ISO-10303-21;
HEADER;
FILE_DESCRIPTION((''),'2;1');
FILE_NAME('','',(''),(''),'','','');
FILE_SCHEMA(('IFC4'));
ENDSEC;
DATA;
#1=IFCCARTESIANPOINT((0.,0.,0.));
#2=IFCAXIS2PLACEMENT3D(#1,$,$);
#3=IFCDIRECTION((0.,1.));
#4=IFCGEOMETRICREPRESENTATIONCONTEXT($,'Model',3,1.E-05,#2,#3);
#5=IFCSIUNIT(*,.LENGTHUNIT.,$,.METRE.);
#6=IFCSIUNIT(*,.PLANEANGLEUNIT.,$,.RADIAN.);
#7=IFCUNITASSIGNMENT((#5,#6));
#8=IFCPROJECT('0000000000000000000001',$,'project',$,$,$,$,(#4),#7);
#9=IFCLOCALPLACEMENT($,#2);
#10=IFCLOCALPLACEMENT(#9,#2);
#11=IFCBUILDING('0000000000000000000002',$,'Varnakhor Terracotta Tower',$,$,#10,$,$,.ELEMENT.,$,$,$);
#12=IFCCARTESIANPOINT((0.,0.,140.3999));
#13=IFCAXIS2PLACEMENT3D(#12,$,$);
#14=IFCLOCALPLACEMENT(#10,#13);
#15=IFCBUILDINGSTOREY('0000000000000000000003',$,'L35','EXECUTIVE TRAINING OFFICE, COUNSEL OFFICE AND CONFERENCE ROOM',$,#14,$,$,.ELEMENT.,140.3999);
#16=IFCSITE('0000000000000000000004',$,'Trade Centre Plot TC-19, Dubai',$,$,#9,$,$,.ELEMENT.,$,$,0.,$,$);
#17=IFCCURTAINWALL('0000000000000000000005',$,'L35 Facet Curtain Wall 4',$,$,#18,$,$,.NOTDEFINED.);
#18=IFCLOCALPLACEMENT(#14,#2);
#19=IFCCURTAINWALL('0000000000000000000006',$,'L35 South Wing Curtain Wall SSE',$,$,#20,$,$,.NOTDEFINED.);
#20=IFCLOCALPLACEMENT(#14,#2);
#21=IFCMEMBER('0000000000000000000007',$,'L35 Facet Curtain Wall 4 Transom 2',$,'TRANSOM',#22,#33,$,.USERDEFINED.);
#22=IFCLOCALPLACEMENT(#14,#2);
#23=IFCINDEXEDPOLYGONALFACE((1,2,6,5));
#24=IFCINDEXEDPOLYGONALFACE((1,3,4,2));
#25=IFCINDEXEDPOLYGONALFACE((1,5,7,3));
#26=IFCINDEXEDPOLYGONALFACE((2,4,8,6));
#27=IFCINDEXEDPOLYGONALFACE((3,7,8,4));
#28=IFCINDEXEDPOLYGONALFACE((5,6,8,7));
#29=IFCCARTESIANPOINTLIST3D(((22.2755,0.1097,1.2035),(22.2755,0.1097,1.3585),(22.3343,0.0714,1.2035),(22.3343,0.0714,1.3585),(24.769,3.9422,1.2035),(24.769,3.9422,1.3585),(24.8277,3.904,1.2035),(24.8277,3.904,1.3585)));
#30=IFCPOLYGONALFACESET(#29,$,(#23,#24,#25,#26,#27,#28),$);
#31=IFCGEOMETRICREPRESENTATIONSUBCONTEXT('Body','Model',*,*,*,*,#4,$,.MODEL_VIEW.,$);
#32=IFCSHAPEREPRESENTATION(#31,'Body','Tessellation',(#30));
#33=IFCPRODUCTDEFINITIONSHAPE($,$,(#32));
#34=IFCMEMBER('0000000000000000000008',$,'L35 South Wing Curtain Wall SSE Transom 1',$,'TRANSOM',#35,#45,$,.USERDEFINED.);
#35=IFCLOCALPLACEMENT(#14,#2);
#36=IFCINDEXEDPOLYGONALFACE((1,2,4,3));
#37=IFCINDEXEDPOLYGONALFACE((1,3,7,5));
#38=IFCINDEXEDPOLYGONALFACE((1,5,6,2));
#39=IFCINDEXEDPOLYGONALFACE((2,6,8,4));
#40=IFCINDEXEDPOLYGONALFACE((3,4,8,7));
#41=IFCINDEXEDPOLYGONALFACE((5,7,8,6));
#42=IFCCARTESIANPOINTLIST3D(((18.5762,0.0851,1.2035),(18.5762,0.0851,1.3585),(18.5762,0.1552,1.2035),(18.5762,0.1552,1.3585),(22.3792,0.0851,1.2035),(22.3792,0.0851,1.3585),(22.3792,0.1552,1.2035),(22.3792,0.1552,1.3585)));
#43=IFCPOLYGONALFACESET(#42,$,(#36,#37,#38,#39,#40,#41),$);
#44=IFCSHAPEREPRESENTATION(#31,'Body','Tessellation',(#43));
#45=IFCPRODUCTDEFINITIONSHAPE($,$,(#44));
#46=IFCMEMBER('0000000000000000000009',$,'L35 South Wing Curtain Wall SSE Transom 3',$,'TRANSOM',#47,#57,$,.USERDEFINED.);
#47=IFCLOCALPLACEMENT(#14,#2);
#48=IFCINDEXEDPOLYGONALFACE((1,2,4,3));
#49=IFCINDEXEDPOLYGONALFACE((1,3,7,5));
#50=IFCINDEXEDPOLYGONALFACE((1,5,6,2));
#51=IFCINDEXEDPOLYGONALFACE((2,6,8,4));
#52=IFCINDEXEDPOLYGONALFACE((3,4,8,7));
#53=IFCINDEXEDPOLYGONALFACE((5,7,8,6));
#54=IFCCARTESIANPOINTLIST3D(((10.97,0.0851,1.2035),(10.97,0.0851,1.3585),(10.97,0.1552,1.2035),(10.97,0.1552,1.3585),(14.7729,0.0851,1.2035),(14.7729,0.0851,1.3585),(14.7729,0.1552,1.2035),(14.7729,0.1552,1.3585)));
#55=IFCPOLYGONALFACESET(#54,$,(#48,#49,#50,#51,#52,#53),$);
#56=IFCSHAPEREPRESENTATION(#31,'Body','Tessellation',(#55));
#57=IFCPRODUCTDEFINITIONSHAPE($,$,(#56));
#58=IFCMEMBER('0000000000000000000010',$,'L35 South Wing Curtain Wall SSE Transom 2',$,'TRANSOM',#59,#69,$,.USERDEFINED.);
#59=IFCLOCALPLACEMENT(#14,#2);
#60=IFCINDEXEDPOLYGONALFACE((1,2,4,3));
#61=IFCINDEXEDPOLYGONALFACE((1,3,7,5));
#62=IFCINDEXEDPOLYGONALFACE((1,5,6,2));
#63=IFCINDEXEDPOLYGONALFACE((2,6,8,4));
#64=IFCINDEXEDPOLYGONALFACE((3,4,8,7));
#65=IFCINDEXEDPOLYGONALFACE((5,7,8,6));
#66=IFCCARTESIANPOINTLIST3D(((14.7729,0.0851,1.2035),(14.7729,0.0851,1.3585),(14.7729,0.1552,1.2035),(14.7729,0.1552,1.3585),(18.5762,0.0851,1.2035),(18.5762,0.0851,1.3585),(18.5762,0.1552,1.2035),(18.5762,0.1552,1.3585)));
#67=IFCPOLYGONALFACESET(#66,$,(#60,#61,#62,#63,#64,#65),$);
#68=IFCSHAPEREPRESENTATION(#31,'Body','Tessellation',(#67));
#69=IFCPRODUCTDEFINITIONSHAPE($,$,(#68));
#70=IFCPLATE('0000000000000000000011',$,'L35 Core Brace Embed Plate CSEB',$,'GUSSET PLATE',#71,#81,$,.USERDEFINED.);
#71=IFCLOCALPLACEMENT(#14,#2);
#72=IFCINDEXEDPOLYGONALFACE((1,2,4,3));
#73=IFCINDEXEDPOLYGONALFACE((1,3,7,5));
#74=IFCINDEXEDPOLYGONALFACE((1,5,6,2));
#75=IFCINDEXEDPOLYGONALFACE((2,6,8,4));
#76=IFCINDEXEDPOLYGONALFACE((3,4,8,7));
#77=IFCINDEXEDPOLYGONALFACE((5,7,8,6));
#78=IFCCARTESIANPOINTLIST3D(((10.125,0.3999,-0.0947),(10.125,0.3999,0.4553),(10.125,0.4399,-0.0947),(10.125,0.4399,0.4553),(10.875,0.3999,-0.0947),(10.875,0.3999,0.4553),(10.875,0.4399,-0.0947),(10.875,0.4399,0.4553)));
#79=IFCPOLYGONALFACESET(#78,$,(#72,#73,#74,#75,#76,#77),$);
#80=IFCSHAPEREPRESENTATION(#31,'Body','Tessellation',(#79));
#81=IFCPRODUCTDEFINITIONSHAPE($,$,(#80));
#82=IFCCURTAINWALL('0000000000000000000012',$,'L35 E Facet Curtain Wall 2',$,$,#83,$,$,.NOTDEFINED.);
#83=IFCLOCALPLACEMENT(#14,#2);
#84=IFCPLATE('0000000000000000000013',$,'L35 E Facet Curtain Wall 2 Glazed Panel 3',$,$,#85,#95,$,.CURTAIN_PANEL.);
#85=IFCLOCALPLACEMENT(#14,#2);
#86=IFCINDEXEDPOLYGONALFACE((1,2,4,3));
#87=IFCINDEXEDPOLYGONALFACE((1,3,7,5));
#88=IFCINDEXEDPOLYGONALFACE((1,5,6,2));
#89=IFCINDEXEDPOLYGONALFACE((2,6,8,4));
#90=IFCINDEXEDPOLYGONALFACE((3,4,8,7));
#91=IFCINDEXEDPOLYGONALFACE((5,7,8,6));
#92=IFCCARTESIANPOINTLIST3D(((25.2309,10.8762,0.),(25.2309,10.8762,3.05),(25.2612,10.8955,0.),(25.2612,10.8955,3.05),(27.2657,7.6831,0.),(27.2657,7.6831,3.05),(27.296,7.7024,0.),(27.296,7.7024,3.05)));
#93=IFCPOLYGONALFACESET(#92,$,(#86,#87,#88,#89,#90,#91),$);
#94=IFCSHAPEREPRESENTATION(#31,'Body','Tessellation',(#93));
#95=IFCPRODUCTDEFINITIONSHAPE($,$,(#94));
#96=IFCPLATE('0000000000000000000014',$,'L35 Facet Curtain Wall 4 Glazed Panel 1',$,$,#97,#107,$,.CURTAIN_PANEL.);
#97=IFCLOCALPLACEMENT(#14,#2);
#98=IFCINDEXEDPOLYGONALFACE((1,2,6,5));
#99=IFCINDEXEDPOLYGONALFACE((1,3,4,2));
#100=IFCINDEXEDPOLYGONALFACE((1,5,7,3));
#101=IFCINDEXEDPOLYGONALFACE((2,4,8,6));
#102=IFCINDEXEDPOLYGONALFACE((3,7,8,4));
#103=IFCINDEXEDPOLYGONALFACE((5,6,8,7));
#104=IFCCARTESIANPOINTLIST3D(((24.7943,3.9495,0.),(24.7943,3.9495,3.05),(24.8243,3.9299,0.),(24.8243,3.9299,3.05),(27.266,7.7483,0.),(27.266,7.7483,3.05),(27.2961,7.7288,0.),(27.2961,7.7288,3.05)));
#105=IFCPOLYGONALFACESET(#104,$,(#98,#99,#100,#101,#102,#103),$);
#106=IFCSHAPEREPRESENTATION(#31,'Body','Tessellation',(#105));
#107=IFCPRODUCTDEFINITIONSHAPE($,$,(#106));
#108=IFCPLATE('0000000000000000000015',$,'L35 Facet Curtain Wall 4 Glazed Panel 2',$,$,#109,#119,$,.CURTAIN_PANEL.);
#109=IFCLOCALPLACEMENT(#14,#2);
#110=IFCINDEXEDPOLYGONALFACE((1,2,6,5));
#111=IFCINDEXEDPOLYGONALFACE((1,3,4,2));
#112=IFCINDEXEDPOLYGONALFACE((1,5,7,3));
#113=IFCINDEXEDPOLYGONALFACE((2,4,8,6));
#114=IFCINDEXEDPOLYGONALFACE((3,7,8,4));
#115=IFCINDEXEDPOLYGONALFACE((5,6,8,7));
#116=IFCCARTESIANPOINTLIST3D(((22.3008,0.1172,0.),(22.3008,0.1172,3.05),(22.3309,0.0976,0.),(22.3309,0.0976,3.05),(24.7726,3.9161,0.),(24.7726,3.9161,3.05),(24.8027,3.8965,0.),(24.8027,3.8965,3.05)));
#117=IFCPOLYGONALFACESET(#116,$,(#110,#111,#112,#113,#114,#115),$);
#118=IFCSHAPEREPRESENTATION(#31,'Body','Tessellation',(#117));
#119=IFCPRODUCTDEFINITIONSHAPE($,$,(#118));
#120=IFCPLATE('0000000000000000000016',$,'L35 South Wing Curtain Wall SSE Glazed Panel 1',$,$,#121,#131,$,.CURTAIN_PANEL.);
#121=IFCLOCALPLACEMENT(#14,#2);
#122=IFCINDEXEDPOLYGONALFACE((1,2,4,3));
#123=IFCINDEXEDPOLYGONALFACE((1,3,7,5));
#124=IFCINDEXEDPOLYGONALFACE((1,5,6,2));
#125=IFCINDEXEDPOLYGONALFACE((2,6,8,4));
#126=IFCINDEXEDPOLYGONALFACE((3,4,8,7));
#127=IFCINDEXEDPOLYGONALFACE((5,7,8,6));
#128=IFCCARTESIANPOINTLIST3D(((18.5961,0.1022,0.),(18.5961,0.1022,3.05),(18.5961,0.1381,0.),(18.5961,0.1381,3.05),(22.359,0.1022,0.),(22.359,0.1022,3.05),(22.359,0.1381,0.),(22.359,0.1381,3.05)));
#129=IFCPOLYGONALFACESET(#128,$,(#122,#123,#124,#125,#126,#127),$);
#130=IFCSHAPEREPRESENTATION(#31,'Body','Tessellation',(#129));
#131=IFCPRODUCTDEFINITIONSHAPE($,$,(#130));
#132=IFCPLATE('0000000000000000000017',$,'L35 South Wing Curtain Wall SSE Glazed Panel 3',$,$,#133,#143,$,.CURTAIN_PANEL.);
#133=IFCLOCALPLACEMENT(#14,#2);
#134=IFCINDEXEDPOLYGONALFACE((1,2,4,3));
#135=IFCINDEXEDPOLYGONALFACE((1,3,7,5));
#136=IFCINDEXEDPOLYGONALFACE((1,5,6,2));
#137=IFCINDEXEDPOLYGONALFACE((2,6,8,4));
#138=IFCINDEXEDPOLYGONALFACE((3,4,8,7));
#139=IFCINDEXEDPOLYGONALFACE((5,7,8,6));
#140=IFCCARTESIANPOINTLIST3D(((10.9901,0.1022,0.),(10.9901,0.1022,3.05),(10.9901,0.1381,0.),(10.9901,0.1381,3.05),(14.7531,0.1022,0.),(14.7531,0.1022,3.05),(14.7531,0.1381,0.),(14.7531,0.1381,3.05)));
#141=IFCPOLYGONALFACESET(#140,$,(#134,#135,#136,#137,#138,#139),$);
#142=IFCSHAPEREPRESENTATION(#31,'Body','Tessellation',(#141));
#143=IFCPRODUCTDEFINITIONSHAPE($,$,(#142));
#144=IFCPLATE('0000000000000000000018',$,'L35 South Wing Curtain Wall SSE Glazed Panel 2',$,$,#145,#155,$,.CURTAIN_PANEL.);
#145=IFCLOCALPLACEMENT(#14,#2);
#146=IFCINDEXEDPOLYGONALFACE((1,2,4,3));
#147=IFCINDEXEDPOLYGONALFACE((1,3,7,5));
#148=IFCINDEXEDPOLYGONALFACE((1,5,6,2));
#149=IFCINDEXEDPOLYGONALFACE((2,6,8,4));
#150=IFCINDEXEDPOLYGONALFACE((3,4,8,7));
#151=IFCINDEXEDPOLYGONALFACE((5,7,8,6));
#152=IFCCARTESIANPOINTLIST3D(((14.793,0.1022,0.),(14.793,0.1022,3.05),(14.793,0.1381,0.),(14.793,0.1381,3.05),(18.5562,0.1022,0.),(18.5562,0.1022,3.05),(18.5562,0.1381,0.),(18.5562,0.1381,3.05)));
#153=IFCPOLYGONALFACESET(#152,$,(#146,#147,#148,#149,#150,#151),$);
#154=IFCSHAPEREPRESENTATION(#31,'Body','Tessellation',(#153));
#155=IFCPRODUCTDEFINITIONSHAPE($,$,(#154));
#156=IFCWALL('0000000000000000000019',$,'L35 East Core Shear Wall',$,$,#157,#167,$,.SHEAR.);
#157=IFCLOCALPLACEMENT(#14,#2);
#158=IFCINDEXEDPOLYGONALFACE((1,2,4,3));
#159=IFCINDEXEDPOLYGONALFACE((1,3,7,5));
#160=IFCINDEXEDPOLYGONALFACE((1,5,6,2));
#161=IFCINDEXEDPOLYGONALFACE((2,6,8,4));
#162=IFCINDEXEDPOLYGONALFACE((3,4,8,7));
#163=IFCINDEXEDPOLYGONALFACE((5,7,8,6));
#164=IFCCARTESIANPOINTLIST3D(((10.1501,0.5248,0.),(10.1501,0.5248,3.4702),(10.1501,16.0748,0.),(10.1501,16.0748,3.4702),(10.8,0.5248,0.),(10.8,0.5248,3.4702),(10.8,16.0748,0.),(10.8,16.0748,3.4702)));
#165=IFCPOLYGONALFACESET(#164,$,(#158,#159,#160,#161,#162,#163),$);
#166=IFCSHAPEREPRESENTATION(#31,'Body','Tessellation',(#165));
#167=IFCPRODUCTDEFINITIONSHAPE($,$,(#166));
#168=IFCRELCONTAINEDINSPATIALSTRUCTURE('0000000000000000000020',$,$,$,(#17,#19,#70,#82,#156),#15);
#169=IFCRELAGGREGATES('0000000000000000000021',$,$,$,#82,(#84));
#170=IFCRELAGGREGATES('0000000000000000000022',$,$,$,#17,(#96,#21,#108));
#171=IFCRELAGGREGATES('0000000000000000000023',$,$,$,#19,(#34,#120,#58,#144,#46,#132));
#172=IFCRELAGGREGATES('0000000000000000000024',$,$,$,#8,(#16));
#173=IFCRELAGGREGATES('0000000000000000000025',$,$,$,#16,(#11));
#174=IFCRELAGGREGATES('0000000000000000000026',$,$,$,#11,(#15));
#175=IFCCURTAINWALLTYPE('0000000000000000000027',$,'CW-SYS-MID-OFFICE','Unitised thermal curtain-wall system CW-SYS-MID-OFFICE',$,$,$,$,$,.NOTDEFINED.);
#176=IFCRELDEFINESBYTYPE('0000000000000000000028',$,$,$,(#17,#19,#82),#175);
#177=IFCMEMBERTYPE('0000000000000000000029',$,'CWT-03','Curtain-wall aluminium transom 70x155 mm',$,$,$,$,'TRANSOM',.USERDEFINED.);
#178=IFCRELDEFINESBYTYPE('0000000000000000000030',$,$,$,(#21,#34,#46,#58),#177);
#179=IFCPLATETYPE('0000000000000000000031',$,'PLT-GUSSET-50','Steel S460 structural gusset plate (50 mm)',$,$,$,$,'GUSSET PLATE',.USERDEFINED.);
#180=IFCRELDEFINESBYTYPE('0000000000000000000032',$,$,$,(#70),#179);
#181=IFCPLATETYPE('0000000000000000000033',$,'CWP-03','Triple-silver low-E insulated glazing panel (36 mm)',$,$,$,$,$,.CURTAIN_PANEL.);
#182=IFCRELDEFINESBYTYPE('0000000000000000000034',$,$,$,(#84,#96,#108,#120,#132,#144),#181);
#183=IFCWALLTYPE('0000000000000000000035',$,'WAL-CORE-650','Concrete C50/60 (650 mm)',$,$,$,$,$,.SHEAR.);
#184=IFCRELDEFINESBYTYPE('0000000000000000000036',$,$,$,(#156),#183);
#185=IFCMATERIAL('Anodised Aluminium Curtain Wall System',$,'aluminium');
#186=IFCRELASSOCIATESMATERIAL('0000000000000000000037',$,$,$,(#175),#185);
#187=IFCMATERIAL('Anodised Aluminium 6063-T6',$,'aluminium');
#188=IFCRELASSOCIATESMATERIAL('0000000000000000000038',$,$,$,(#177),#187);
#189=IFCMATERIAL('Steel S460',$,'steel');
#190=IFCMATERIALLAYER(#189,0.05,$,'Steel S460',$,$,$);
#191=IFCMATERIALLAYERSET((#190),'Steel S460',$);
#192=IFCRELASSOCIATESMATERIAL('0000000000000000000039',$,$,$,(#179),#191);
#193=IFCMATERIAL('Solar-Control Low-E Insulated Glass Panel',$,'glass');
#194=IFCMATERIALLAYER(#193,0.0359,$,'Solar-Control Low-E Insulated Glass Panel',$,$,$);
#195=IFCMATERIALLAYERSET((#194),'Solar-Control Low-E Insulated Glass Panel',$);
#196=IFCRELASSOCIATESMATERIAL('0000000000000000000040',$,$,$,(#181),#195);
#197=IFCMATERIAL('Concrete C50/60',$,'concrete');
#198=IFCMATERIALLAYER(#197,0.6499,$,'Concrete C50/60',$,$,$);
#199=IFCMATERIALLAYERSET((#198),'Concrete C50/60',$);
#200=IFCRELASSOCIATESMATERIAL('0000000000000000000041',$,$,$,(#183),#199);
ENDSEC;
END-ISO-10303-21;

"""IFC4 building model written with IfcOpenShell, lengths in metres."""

from ifc_helpers import new_model, si_unit, direction, frame, frame_2d, origin, origin_2d, place, context, subcontext, project, spatial, rectangle, extrude, source, transform, mapped, material, layer, layer_set, material_profile, profile_set, type_object, type_shapes, element, aggregate, save


model = new_model("IFC4")

# Units and contexts
model_context = context("Model", 3, precision=1e-05, world=origin(), true_north=direction((0.0, 1.0)))
body_context = subcontext(model_context, "Body", "Model", "MODEL_VIEW")
ifc_project = project(units=[si_unit("LENGTHUNIT", "METRE"), si_unit("PLANEANGLEUNIT", "RADIAN")], contexts=[model_context])

# Site, building, storey
site_placement = place(None, origin())
site = spatial("IfcSite", under=ifc_project, at=site_placement, Name="Trade Centre Plot TC-19, Dubai", CompositionType="ELEMENT", RefElevation=0.0)
building_placement = place(site_placement, origin())
building = spatial("IfcBuilding", under=site, at=building_placement, Name="Varnakhor Terracotta Tower", CompositionType="ELEMENT")
storey_placement = place(building_placement, frame((0.0, 0.0, 140.3999)))
storey = spatial("IfcBuildingStorey", under=building, at=storey_placement, Name="L35", Description="EXECUTIVE TRAINING OFFICE, COUNSEL OFFICE AND CONFERENCE ROOM", CompositionType="ELEMENT", Elevation=140.3999)

# Shared definitions
ifc_material_1 = material(Name="Concrete C50/60", Category="concrete")
ifc_material_2 = material(Name="Steel S460", Category="steel")

# Curtain walls
ifc_material_3 = material(Name="Anodised Aluminium Curtain Wall System", Category="aluminium")
curtain_wall_type = type_object("IfcCurtainWallType", Name="CW-SYS-MID-OFFICE", Description="Unitised thermal curtain-wall system CW-SYS-MID-OFFICE", PredefinedType="NOTDEFINED", material=ifc_material_3)
curtain_wall_1_placement = place(storey_placement, origin())
curtain_wall_1 = element("IfcCurtainWall", 1, at=curtain_wall_1_placement, inside=storey, type_object=curtain_wall_type, Name="L35 Facet Curtain Wall 4", PredefinedType="NOTDEFINED")
ifc_material_4 = material(Name="Anodised Aluminium 6063-T6", Category="aluminium")
curtain_wall_2_placement = place(storey_placement, origin())
curtain_wall_2 = element("IfcCurtainWall", 2, at=curtain_wall_2_placement, inside=storey, type_object=curtain_wall_type, Name="L35 South Wing Curtain Wall SSE", PredefinedType="NOTDEFINED")

# Members
ifc_material_profile_1 = material_profile(ifc_material_4, rectangle(XDim=0.0701, YDim=0.155, at=origin_2d()), Name="ALU TRANSOM 70x155")
ifc_profile_set_1 = profile_set([ifc_material_profile_1], Name="Anodised Aluminium 6063-T6")
member_type_1 = type_object("IfcMemberType", Name="CWT-03", Description="Curtain-wall aluminium transom 70x155 mm", ElementType="TRANSOM", PredefinedType="USERDEFINED", material=ifc_profile_set_1)
shared_shape_1 = source(origin(), body_context, "Body", "SweptSolid", [
    extrude(rectangle(XDim=0.0701, YDim=0.155, at=origin_2d()), origin(), (0.0, 0.0, 1.0), 4.5723),
])
member_1_placement = place(storey_placement, frame((24.7983, 3.9231, 1.281), z_axis=(-0.545337, -0.838217, 0.0), x_axis=(0.838217, -0.545337, 0.0)))
member_1 = element("IfcMember", 3, at=member_1_placement, type_object=member_type_1, Name="L35 Facet Curtain Wall 4 Transom 2", ObjectType="TRANSOM", PredefinedType="USERDEFINED", context=body_context, shape_type="MappedRepresentation", body=[
    mapped(shared_shape_1, transform((0.0, 0.0, 0.0), scale=1.0)),
])
shared_shape_2 = source(origin(), body_context, "Body", "SweptSolid", [
    extrude(rectangle(XDim=0.0701, YDim=0.155, at=origin_2d()), origin(), (0.0, 0.0, 1.0), 3.803),
])
member_2_placement = place(storey_placement, frame((22.3792, 0.1201, 1.281), z_axis=(-1.0, 0.0, 0.0), x_axis=(0.0, -1.0, 0.0)))
member_2 = element("IfcMember", 4, at=member_2_placement, type_object=member_type_1, Name="L35 South Wing Curtain Wall SSE Transom 1", ObjectType="TRANSOM", PredefinedType="USERDEFINED", context=body_context, shape_type="MappedRepresentation", body=[
    mapped(shared_shape_2, transform((0.0, 0.0, 0.0), scale=1.0)),
])
member_3_placement = place(storey_placement, frame((14.7729, 0.1201, 1.281), z_axis=(-1.0, 0.0, 0.0), x_axis=(0.0, -1.0, 0.0)))
member_3 = element("IfcMember", 5, at=member_3_placement, type_object=member_type_1, Name="L35 South Wing Curtain Wall SSE Transom 3", ObjectType="TRANSOM", PredefinedType="USERDEFINED", context=body_context, shape_type="MappedRepresentation", body=[
    mapped(shared_shape_2, transform((0.0, 0.0, 0.0), scale=1.0)),
])
shared_shape_3 = source(origin(), body_context, "Body", "SweptSolid", [
    extrude(rectangle(XDim=0.0701, YDim=0.155, at=origin_2d()), origin(), (0.0, 0.0, 1.0), 3.8032),
])
member_4_placement = place(storey_placement, frame((18.5762, 0.1201, 1.281), z_axis=(-1.0, 0.0, 0.0), x_axis=(0.0, -1.0, 0.0)))
member_4 = element("IfcMember", 6, at=member_4_placement, type_object=member_type_1, Name="L35 South Wing Curtain Wall SSE Transom 2", ObjectType="TRANSOM", PredefinedType="USERDEFINED", context=body_context, shape_type="MappedRepresentation", body=[
    mapped(shared_shape_3, transform((0.0, 0.0, 0.0), scale=1.0)),
])

# Plate
ifc_layer_1 = layer(ifc_material_2, 0.05, Name="Steel S460")
ifc_layer_set_1 = layer_set([ifc_layer_1], Name="Steel S460")
plate_type_1 = type_object("IfcPlateType", Name="PLT-GUSSET-50", Description="Steel S460 structural gusset plate (50 mm)", ElementType="GUSSET PLATE", PredefinedType="USERDEFINED", material=ifc_layer_set_1)
shared_shape_4 = source(origin(), body_context, "Body", "SweptSolid", [
    extrude(rectangle(XDim=0.75, YDim=0.04, at=origin_2d()), origin(), (0.0, 0.0, 1.0), 0.55),
])
type_shapes(plate_type_1, [shared_shape_4])
plate_1_placement = place(storey_placement, frame((10.5, 0.4199, -0.0947), z_axis=(0.0, 0.0, 1.0), x_axis=(1.0, 0.0, 0.0)))
element("IfcPlate", 7, at=plate_1_placement, inside=storey, type_object=plate_type_1, Name="L35 Core Brace Embed Plate CSEB", ObjectType="GUSSET PLATE", PredefinedType="USERDEFINED", context=body_context, shape_type="MappedRepresentation", body=[
    mapped(shared_shape_4, transform((0.0, 0.0, 0.0), scale=1.0)),
])

# Curtain wall, plate
curtain_wall_3_placement = place(storey_placement, origin())
curtain_wall_3 = element("IfcCurtainWall", 8, at=curtain_wall_3_placement, inside=storey, type_object=curtain_wall_type, Name="L35 E Facet Curtain Wall 2", PredefinedType="NOTDEFINED")
ifc_material_5 = material(Name="Solar-Control Low-E Insulated Glass Panel", Category="glass")
ifc_layer_2 = layer(ifc_material_5, 0.0359, Name="Solar-Control Low-E Insulated Glass Panel")
ifc_layer_set_2 = layer_set([ifc_layer_2], Name="Solar-Control Low-E Insulated Glass Panel")
plate_type_2 = type_object("IfcPlateType", Name="CWP-03", Description="Triple-silver low-E insulated glazing panel (36 mm)", PredefinedType="CURTAIN_PANEL", material=ifc_layer_set_2)
shared_shape_5 = source(origin(), body_context, "Body", "SweptSolid", [
    extrude(rectangle(XDim=3.7864, YDim=0.0359, at=origin_2d()), origin(), (0.0, 0.0, 1.0), 3.05),
])
plate_2_placement = place(storey_placement, frame((26.2634, 9.2893, 0.0), z_axis=(0.0, 0.0, 1.0), x_axis=(0.537403, -0.843326, 0.0)))
plate_2 = element("IfcPlate", 9, at=plate_2_placement, type_object=plate_type_2, Name="L35 E Facet Curtain Wall 2 Glazed Panel 3", PredefinedType="CURTAIN_PANEL", context=body_context, shape_type="MappedRepresentation", body=[
    mapped(shared_shape_5, transform((0.0, 0.0, 0.0), scale=1.0)),
])
aggregate(curtain_wall_3, [plate_2])

# Plates
shared_shape_6 = source(origin(), body_context, "Body", "SweptSolid", [
    extrude(rectangle(XDim=4.5322, YDim=0.0359, at=origin_2d()), origin(), (0.0, 0.0, 1.0), 3.05),
])
plate_3_placement = place(storey_placement, frame((26.0452, 5.8391, 0.0), z_axis=(0.0, 0.0, 1.0), x_axis=(-0.545371, -0.838195, 0.0)))
plate_3 = element("IfcPlate", 10, at=plate_3_placement, type_object=plate_type_2, Name="L35 Facet Curtain Wall 4 Glazed Panel 1", PredefinedType="CURTAIN_PANEL", context=body_context, shape_type="MappedRepresentation", body=[
    mapped(shared_shape_6, transform((0.0, 0.0, 0.0), scale=1.0)),
])
plate_4_placement = place(storey_placement, frame((23.5518, 2.0068, 0.0), z_axis=(0.0, 0.0, 1.0), x_axis=(-0.545371, -0.838195, 0.0)))
plate_4 = element("IfcPlate", 11, at=plate_4_placement, type_object=plate_type_2, Name="L35 Facet Curtain Wall 4 Glazed Panel 2", PredefinedType="CURTAIN_PANEL", context=body_context, shape_type="MappedRepresentation", body=[
    mapped(shared_shape_6, transform((0.0, 0.0, 0.0), scale=1.0)),
])
aggregate(curtain_wall_1, [plate_3, member_1, plate_4])
shared_shape_7 = source(origin(), body_context, "Body", "SweptSolid", [
    extrude(rectangle(XDim=3.7629, YDim=0.0359, at=origin_2d()), origin(), (0.0, 0.0, 1.0), 3.05),
])
plate_5_placement = place(storey_placement, frame((20.4775, 0.1201, 0.0), z_axis=(0.0, 0.0, 1.0), x_axis=(-1.0, 0.0, 0.0)))
plate_5 = element("IfcPlate", 12, at=plate_5_placement, type_object=plate_type_2, Name="L35 South Wing Curtain Wall SSE Glazed Panel 1", PredefinedType="CURTAIN_PANEL", context=body_context, shape_type="MappedRepresentation", body=[
    mapped(shared_shape_7, transform((0.0, 0.0, 0.0), scale=1.0)),
])
plate_6_placement = place(storey_placement, frame((12.8716, 0.1201, 0.0), z_axis=(0.0, 0.0, 1.0), x_axis=(-1.0, 0.0, 0.0)))
plate_6 = element("IfcPlate", 13, at=plate_6_placement, type_object=plate_type_2, Name="L35 South Wing Curtain Wall SSE Glazed Panel 3", PredefinedType="CURTAIN_PANEL", context=body_context, shape_type="MappedRepresentation", body=[
    mapped(shared_shape_7, transform((0.0, 0.0, 0.0), scale=1.0)),
])
shared_shape_8 = source(origin(), body_context, "Body", "SweptSolid", [
    extrude(rectangle(XDim=3.7632, YDim=0.0359, at=origin_2d()), origin(), (0.0, 0.0, 1.0), 3.05),
])
plate_7_placement = place(storey_placement, frame((16.6746, 0.1201, 0.0), z_axis=(0.0, 0.0, 1.0), x_axis=(-1.0, 0.0, 0.0)))
plate_7 = element("IfcPlate", 14, at=plate_7_placement, type_object=plate_type_2, Name="L35 South Wing Curtain Wall SSE Glazed Panel 2", PredefinedType="CURTAIN_PANEL", context=body_context, shape_type="MappedRepresentation", body=[
    mapped(shared_shape_8, transform((0.0, 0.0, 0.0), scale=1.0)),
])
aggregate(curtain_wall_2, [member_2, plate_5, member_4, plate_7, member_3, plate_6])

# Wall
ifc_layer_3 = layer(ifc_material_1, 0.6499, Name="Concrete C50/60")
ifc_layer_set_3 = layer_set([ifc_layer_3], Name="Concrete C50/60")
wall_type_1 = type_object("IfcWallType", Name="WAL-CORE-650", Description="Concrete C50/60 (650 mm)", PredefinedType="SHEAR", material=ifc_layer_set_3)
wall_1_placement = place(storey_placement, frame((10.4751, 0.5249, 0.0), z_axis=(0.0, 0.0, 1.0), x_axis=(0.0, 1.0, 0.0)))
element("IfcWall", 15, at=wall_1_placement, inside=storey, type_object=wall_type_1, Name="L35 East Core Shear Wall", PredefinedType="SHEAR", context=body_context, shape_type="SweptSolid", body=[
    extrude(rectangle(XDim=15.55, YDim=0.6499, at=frame_2d((7.7749, 0.0))), origin(), (0.0, 0.0, 1.0), 3.4702),
])

save(model, "model.ifc")
